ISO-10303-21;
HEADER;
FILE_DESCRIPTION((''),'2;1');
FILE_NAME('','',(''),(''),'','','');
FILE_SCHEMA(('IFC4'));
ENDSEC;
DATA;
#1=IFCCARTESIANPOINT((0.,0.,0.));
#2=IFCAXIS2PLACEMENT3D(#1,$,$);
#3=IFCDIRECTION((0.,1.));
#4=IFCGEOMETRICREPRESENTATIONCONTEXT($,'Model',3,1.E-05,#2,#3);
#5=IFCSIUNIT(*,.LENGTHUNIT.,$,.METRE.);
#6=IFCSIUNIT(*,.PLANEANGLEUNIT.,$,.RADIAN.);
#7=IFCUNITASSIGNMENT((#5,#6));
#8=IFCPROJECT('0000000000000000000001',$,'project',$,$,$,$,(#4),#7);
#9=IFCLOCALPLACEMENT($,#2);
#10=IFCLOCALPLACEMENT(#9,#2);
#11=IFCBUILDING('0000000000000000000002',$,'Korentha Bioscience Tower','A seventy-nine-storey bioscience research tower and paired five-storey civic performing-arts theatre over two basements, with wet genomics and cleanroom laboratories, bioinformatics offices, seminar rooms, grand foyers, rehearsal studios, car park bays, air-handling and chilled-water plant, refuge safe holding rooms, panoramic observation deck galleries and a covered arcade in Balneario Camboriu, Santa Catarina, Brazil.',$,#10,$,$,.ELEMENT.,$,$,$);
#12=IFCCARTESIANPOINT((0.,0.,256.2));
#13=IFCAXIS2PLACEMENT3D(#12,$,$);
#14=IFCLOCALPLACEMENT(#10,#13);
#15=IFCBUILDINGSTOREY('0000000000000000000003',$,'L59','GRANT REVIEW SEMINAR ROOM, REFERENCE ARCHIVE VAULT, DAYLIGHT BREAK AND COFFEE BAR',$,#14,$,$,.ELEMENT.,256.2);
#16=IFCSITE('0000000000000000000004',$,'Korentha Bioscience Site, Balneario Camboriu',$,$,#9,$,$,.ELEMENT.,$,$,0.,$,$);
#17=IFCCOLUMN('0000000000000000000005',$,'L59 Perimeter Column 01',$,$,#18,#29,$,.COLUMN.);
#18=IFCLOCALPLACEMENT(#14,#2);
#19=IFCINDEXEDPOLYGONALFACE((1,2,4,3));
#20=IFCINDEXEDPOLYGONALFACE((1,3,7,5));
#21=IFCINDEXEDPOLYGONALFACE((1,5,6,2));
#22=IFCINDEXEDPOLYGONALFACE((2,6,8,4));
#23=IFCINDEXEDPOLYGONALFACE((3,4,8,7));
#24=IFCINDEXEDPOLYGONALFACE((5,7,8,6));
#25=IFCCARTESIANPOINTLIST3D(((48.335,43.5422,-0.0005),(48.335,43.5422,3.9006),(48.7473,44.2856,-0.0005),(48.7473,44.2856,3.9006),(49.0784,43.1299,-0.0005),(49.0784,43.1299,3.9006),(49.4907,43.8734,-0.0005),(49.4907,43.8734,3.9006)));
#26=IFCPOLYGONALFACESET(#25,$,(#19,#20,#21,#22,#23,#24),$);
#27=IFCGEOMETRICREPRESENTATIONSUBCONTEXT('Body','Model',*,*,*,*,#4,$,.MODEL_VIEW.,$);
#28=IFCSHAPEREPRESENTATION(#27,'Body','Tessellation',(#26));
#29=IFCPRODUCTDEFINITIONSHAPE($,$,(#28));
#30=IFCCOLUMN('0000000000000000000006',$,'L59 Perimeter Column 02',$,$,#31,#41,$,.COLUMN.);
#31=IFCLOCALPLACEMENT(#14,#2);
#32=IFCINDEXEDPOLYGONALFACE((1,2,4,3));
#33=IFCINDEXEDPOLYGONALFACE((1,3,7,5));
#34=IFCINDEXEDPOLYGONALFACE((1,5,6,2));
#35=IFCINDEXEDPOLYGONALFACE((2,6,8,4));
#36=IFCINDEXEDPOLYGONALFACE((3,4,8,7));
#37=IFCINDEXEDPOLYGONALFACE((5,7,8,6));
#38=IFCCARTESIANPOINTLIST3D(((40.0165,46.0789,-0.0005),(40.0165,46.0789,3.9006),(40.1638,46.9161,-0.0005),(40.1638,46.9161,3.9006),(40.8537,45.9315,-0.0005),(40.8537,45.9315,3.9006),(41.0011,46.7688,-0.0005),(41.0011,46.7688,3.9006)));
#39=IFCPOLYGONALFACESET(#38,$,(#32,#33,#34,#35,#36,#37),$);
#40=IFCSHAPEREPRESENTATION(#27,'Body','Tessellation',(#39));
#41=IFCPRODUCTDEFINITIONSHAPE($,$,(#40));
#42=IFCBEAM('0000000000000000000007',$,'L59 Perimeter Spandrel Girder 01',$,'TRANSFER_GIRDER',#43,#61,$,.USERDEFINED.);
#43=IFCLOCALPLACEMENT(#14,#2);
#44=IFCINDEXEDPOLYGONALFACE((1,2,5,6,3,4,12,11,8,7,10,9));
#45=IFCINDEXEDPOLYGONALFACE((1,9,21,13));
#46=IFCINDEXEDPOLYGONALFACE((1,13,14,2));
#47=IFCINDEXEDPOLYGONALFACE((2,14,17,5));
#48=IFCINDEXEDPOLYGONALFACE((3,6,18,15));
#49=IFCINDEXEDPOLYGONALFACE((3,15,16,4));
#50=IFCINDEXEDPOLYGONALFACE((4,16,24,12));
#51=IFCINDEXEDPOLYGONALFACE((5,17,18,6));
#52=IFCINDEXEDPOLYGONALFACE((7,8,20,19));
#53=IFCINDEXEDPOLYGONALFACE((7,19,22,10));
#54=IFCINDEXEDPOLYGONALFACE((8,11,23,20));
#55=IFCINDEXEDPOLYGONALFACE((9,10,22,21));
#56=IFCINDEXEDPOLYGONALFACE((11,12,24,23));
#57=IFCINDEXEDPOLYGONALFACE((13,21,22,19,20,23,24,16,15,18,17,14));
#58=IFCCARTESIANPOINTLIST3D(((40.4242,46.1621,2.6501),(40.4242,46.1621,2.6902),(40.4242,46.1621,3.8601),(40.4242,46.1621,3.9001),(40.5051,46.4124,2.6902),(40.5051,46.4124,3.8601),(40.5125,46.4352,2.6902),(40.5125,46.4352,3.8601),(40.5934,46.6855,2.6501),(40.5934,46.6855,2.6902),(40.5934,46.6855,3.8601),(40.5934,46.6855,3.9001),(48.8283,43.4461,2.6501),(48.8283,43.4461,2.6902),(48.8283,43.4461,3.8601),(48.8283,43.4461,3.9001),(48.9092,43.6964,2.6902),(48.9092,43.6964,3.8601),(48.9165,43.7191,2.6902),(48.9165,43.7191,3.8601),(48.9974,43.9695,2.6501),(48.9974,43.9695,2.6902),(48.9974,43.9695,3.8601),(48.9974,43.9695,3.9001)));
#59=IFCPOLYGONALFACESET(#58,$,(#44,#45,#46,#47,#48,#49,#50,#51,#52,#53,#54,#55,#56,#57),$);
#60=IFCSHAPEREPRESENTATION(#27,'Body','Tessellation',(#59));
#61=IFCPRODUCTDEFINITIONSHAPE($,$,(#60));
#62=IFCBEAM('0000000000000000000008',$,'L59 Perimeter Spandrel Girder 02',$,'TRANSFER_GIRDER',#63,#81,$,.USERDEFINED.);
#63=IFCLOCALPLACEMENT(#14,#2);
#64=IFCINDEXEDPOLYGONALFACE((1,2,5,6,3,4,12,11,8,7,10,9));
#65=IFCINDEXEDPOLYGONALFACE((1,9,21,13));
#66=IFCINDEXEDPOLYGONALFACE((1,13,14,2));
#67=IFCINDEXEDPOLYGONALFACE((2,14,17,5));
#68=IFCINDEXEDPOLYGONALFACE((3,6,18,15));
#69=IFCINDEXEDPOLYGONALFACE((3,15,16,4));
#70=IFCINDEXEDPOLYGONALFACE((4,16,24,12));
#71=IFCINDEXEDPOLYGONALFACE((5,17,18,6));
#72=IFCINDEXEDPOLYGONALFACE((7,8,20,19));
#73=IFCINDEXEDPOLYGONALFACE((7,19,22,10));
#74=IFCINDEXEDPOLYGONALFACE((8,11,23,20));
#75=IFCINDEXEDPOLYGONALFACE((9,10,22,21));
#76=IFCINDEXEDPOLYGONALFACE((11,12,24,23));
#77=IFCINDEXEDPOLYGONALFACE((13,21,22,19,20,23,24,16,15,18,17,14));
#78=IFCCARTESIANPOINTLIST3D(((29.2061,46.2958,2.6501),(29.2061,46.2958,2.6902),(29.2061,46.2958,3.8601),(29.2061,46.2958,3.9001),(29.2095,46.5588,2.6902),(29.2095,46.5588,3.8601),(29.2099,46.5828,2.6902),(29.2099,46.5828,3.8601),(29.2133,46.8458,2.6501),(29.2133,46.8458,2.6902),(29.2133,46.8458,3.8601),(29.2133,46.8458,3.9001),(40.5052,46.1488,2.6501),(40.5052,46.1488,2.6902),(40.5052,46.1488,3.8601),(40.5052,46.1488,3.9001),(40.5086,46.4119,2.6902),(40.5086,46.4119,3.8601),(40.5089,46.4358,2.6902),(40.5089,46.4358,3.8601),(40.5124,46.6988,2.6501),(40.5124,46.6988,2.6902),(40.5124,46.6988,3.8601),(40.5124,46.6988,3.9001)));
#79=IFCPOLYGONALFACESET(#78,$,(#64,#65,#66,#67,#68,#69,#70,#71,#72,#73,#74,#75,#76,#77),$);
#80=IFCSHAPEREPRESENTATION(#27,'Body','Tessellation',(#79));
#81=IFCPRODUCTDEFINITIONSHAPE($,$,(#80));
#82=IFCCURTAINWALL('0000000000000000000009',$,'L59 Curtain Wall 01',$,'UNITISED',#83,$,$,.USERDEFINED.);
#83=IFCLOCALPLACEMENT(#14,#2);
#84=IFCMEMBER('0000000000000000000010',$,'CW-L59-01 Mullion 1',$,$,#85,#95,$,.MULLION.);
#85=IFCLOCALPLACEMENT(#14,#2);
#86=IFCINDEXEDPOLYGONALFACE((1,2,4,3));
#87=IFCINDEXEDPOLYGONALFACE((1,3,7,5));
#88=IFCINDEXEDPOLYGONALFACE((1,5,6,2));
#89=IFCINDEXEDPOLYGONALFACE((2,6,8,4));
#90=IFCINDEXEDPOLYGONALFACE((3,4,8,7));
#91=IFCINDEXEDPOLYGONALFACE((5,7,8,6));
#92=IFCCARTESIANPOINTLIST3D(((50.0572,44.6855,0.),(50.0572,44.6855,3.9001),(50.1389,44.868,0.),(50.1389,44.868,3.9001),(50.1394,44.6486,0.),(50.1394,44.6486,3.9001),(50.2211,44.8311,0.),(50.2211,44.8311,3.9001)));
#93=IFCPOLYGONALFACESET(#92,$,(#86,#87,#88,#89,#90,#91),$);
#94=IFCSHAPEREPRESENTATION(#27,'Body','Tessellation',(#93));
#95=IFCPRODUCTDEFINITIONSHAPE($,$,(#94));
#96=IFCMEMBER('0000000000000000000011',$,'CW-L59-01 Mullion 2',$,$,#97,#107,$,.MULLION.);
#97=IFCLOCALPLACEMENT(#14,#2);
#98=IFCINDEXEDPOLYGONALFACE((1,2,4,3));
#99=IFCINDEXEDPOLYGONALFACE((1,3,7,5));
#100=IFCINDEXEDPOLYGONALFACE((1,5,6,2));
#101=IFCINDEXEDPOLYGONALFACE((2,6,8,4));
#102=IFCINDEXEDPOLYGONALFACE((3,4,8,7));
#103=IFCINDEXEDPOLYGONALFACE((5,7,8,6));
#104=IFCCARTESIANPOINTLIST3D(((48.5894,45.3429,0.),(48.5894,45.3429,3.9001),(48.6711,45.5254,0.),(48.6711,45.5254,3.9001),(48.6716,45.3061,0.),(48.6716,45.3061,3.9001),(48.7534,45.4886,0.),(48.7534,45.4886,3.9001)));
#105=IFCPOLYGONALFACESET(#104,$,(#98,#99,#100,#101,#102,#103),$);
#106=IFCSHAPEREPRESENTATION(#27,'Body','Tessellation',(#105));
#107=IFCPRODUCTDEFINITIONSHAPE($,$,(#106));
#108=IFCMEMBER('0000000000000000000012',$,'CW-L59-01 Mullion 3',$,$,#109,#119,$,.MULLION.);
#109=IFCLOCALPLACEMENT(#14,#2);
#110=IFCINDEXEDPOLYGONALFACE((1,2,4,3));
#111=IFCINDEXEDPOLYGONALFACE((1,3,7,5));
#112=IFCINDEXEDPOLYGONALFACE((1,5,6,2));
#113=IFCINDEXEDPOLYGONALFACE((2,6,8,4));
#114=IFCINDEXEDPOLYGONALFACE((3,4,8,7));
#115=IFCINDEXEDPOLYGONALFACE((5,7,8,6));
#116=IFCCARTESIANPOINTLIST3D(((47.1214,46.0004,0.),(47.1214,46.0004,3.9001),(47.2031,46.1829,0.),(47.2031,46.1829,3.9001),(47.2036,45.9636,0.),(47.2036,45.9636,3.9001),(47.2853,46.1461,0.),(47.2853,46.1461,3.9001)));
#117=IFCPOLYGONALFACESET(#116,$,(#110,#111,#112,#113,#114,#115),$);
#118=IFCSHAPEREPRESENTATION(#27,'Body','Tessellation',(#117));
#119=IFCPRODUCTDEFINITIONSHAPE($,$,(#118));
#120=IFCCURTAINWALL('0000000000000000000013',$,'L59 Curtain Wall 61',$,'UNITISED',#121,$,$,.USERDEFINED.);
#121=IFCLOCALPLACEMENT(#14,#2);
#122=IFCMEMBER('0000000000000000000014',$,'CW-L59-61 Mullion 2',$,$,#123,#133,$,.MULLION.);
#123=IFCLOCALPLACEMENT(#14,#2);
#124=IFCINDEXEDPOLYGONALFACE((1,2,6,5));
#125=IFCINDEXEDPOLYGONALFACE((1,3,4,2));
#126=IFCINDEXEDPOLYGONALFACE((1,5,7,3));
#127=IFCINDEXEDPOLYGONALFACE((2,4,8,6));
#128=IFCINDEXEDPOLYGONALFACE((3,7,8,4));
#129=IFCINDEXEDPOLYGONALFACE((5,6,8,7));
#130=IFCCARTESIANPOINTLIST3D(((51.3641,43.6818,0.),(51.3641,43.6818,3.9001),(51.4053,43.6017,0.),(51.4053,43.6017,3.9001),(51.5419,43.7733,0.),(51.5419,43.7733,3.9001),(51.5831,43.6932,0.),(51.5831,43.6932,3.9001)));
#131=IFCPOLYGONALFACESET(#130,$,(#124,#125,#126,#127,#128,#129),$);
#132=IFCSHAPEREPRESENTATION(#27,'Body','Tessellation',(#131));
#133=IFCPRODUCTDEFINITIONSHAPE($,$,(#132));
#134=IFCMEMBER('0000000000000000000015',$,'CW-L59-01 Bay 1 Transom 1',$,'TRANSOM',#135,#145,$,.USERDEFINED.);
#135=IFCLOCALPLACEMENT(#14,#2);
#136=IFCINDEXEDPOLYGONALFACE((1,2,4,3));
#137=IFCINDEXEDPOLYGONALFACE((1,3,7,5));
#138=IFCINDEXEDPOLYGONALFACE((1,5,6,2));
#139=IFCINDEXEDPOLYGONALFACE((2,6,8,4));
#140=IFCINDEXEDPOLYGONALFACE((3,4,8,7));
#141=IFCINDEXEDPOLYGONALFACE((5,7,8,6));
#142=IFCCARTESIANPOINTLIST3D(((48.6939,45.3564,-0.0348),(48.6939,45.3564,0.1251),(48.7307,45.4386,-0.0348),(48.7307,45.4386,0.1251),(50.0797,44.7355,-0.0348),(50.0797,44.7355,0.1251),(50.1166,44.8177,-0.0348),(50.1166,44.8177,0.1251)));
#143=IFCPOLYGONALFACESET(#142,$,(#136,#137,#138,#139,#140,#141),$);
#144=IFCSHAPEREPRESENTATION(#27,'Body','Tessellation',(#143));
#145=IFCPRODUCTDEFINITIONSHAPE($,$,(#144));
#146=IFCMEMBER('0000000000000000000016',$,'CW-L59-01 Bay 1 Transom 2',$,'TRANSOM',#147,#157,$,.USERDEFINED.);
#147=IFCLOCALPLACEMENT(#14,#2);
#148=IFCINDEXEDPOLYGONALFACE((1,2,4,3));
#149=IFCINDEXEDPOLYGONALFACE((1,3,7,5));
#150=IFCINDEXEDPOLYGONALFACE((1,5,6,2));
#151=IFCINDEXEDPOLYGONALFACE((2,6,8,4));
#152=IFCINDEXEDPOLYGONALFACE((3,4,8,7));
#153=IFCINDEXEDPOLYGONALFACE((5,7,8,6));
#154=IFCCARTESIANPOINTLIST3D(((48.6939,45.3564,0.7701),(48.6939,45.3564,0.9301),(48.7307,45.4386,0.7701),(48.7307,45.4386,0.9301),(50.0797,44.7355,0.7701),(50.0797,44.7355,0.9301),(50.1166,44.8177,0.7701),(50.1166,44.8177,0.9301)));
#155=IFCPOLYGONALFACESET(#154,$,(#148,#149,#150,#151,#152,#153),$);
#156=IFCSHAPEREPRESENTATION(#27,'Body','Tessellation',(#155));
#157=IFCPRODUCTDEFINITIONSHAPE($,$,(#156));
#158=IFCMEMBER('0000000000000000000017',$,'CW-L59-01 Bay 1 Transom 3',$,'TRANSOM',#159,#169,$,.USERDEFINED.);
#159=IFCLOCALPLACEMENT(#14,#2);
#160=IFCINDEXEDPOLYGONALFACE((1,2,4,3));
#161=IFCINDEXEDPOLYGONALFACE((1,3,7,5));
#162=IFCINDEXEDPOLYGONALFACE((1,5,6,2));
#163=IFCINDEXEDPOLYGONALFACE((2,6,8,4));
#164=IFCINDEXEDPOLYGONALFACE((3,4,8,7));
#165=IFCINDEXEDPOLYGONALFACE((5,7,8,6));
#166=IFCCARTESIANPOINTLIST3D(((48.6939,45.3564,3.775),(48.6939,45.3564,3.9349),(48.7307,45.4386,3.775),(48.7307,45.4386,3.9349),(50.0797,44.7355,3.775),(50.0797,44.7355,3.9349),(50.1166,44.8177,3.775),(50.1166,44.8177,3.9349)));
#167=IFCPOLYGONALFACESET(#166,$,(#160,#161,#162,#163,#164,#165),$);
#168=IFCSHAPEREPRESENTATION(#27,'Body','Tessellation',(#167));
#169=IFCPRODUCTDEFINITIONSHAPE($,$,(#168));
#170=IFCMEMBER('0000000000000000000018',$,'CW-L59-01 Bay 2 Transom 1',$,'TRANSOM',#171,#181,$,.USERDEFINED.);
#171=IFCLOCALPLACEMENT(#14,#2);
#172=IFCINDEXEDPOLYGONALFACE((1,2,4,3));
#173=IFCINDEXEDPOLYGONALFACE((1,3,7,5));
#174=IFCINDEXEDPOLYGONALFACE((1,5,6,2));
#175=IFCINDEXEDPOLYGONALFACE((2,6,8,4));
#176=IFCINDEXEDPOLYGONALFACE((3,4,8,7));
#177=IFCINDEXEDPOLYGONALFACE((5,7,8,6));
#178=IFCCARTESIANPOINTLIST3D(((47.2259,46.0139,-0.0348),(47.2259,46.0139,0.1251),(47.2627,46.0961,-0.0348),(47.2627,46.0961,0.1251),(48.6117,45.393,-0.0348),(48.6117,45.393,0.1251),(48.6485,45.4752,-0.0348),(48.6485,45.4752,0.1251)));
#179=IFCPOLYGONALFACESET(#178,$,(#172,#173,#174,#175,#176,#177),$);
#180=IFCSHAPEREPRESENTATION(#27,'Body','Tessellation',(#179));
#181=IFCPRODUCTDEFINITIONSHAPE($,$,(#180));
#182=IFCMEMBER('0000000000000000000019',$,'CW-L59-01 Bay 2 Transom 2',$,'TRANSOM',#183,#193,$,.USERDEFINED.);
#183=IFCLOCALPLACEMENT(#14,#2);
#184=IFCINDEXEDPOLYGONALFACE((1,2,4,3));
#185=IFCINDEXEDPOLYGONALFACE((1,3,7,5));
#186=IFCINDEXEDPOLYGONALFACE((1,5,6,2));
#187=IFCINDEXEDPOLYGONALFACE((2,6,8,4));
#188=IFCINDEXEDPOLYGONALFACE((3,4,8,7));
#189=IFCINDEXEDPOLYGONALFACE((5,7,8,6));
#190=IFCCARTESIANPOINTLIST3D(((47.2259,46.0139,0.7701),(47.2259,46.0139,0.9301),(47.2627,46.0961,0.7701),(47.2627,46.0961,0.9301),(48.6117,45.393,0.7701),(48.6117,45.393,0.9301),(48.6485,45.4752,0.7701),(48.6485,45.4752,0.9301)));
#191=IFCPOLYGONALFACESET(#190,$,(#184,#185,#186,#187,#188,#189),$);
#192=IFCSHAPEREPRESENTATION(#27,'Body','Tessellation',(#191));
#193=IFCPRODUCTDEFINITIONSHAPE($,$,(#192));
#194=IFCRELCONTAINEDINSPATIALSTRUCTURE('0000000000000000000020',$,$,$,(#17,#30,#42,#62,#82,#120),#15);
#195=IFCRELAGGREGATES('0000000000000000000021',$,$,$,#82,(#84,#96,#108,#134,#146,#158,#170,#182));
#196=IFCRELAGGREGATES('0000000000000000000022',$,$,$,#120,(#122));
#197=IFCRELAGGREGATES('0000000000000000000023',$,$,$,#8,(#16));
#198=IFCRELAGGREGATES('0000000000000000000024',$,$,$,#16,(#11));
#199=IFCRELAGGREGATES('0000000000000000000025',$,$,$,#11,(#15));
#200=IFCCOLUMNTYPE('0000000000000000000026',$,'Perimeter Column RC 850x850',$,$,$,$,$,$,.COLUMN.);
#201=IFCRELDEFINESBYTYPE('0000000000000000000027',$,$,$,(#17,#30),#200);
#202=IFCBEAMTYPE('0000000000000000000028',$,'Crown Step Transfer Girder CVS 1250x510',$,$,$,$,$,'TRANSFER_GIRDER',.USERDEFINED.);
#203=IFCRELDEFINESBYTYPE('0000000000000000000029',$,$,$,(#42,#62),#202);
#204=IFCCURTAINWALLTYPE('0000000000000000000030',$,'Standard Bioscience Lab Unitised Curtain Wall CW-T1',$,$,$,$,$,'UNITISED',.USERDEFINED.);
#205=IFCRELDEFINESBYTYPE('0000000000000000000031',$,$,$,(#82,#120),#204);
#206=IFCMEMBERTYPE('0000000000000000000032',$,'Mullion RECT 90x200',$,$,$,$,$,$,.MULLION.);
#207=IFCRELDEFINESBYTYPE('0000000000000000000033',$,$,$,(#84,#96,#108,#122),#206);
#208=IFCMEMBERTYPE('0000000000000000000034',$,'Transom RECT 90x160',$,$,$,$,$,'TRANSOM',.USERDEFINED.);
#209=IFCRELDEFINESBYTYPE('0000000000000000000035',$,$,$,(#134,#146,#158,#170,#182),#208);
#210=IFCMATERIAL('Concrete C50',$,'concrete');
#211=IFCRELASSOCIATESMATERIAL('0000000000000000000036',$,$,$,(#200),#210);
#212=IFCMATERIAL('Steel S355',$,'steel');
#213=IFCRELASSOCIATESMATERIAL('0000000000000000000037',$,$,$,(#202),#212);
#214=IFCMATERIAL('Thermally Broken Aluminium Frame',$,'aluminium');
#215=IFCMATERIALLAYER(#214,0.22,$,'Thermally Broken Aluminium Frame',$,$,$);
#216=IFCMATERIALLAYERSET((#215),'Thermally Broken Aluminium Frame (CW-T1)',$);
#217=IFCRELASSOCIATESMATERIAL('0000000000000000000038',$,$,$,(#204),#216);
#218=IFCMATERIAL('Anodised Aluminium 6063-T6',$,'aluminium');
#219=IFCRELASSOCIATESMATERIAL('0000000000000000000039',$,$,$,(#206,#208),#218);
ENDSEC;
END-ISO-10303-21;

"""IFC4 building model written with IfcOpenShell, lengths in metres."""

from ifc_helpers import new_model, si_unit, direction, frame, origin, origin_2d, place, context, subcontext, project, spatial, rectangle, i_section, extrude, material, layer, layer_set, material_profile, profile_set, type_object, element, aggregate, save


model = new_model("IFC4")

# Units and contexts
model_context = context("Model", 3, precision=1e-05, world=origin(), true_north=direction((0.0, 1.0)))
body_context = subcontext(model_context, "Body", "Model", "MODEL_VIEW")
ifc_project = project(units=[si_unit("LENGTHUNIT", "METRE"), si_unit("PLANEANGLEUNIT", "RADIAN")], contexts=[model_context])

# Site, building, storey
site_placement = place(None, origin())
site = spatial("IfcSite", under=ifc_project, at=site_placement, Name="Korentha Bioscience Site, Balneario Camboriu", CompositionType="ELEMENT", RefElevation=0.0)
building_placement = place(site_placement, origin())
building = spatial("IfcBuilding", under=site, at=building_placement, Name="Korentha Bioscience Tower", Description="A seventy-nine-storey bioscience research tower and paired five-storey civic performing-arts theatre over two basements, with wet genomics and cleanroom laboratories, bioinformatics offices, seminar rooms, grand foyers, rehearsal studios, car park bays, air-handling and chilled-water plant, refuge safe holding rooms, panoramic observation deck galleries and a covered arcade in Balneario Camboriu, Santa Catarina, Brazil.", CompositionType="ELEMENT")
storey_placement = place(building_placement, frame((0.0, 0.0, 256.2)))
storey = spatial("IfcBuildingStorey", under=building, at=storey_placement, Name="L59", Description="GRANT REVIEW SEMINAR ROOM, REFERENCE ARCHIVE VAULT, DAYLIGHT BREAK AND COFFEE BAR", CompositionType="ELEMENT", Elevation=256.2)

# Columns
ifc_material_1 = material(Name="Concrete C50", Category="concrete")
ifc_material_profile_1 = material_profile(ifc_material_1, rectangle(XDim=0.8501, YDim=0.8501, at=origin_2d()), Name="Concrete C50")
ifc_profile_set_1 = profile_set([ifc_material_profile_1], Name="Concrete C50 (COL-P08)")
column_type = type_object("IfcColumnType", Name="Perimeter Column RC 850x850", PredefinedType="COLUMN", material=ifc_profile_set_1)
for number, where, z_axis, x_axis, name in (
    (1, (48.9128, 43.7078, -0.0005), (0.0, 0.0, 1.0), (-0.874535, 0.484962, 0.0), "L59 Perimeter Column 01"),
    (2, (40.5088, 46.4238, -0.0005), (0.0, 0.0, 1.0), (-0.984868, 0.173304, 0.0), "L59 Perimeter Column 02"),
):
    element("IfcColumn", number, at=place(storey_placement, frame(where, z_axis=z_axis, x_axis=x_axis)), inside=storey, type_object=column_type, Name=name, PredefinedType="COLUMN", context=body_context, shape_type="SweptSolid", body=[
        extrude(rectangle(XDim=0.8501, YDim=0.8501, at=origin_2d()), origin(), (0.0, 0.0, 1.0), 3.9011),
    ])

# Beams
ifc_material_2 = material(Name="Steel S355", Category="steel")
ifc_material_profile_2 = material_profile(ifc_material_2, i_section(OverallWidth=0.55, OverallDepth=1.25, WebThickness=0.0239, FlangeThickness=0.04, at=origin_2d()), Name="Steel S355")
ifc_profile_set_2 = profile_set([ifc_material_profile_2], Name="Steel S355 (TG-03)")
beam_type = type_object("IfcBeamType", Name="Crown Step Transfer Girder CVS 1250x510", ElementType="TRANSFER_GIRDER", PredefinedType="USERDEFINED", material=ifc_profile_set_2)
beam_1_placement = place(storey_placement, frame((48.9128, 43.7078, 3.2751), z_axis=(-0.95154, 0.307524, 0.0), x_axis=(-0.307524, -0.95154, 0.0)))
element("IfcBeam", 3, at=beam_1_placement, inside=storey, type_object=beam_type, Name="L59 Perimeter Spandrel Girder 01", ObjectType="TRANSFER_GIRDER", PredefinedType="USERDEFINED", context=body_context, shape_type="SweptSolid", body=[
    extrude(i_section(OverallWidth=0.55, OverallDepth=1.25, WebThickness=0.0239, FlangeThickness=0.04, at=origin_2d()), origin(), (0.0, 0.0, 1.0), 8.832),
])
beam_2_placement = place(storey_placement, frame((40.5088, 46.4238, 3.2751), z_axis=(-0.999915, 0.013006, 0.0), x_axis=(-0.013006, -0.999915, 0.0)))
element("IfcBeam", 4, at=beam_2_placement, inside=storey, type_object=beam_type, Name="L59 Perimeter Spandrel Girder 02", ObjectType="TRANSFER_GIRDER", PredefinedType="USERDEFINED", context=body_context, shape_type="SweptSolid", body=[
    extrude(i_section(OverallWidth=0.55, OverallDepth=1.25, WebThickness=0.0239, FlangeThickness=0.04, at=origin_2d()), origin(), (0.0, 0.0, 1.0), 11.3),
])

# Curtain wall, members
ifc_material_3 = material(Name="Thermally Broken Aluminium Frame", Category="aluminium")
ifc_layer_1 = layer(ifc_material_3, 0.22, Name="Thermally Broken Aluminium Frame")
ifc_layer_set_1 = layer_set([ifc_layer_1], Name="Thermally Broken Aluminium Frame (CW-T1)")
curtain_wall_type = type_object("IfcCurtainWallType", Name="Standard Bioscience Lab Unitised Curtain Wall CW-T1", ElementType="UNITISED", PredefinedType="USERDEFINED", material=ifc_layer_set_1)
curtain_wall_1_placement = place(storey_placement, origin())
curtain_wall_1 = element("IfcCurtainWall", 5, at=curtain_wall_1_placement, inside=storey, type_object=curtain_wall_type, Name="L59 Curtain Wall 01", ObjectType="UNITISED", PredefinedType="USERDEFINED")
ifc_material_4 = material(Name="Anodised Aluminium 6063-T6", Category="aluminium")
ifc_material_profile_3 = material_profile(ifc_material_4, rectangle(XDim=0.0901, YDim=0.2, at=origin_2d()), Name="Anodised Aluminium 6063-T6")
ifc_profile_set_3 = profile_set([ifc_material_profile_3], Name="Anodised Aluminium 6063-T6 (CW-MUL)")
member_type_1 = type_object("IfcMemberType", Name="Mullion RECT 90x200", PredefinedType="MULLION", material=ifc_profile_set_3)
member_1_placement = place(storey_placement, frame((50.1392, 44.7583, 0.0), z_axis=(0.0, 0.0, 1.0), x_axis=(-0.912622, 0.408805, 0.0)))
member_1 = element("IfcMember", 6, at=member_1_placement, type_object=member_type_1, Name="CW-L59-01 Mullion 1", PredefinedType="MULLION", context=body_context, shape_type="SweptSolid", body=[
    extrude(rectangle(XDim=0.0901, YDim=0.2, at=origin_2d()), origin(), (0.0, 0.0, 1.0), 3.9001),
])
member_2_placement = place(storey_placement, frame((48.6714, 45.4158, 0.0), z_axis=(0.0, 0.0, 1.0), x_axis=(-0.912622, 0.408805, 0.0)))
member_2 = element("IfcMember", 7, at=member_2_placement, type_object=member_type_1, Name="CW-L59-01 Mullion 2", PredefinedType="MULLION", context=body_context, shape_type="SweptSolid", body=[
    extrude(rectangle(XDim=0.0901, YDim=0.2, at=origin_2d()), origin(), (0.0, 0.0, 1.0), 3.9001),
])
member_3_placement = place(storey_placement, frame((47.2034, 46.0732, 0.0), z_axis=(0.0, 0.0, 1.0), x_axis=(-0.912622, 0.408805, 0.0)))
member_3 = element("IfcMember", 8, at=member_3_placement, type_object=member_type_1, Name="CW-L59-01 Mullion 3", PredefinedType="MULLION", context=body_context, shape_type="SweptSolid", body=[
    extrude(rectangle(XDim=0.0901, YDim=0.2, at=origin_2d()), origin(), (0.0, 0.0, 1.0), 3.9001),
])

# Curtain wall, member
curtain_wall_2_placement = place(storey_placement, origin())
curtain_wall_2 = element("IfcCurtainWall", 9, at=curtain_wall_2_placement, inside=storey, type_object=curtain_wall_type, Name="L59 Curtain Wall 61", ObjectType="UNITISED", PredefinedType="USERDEFINED")
member_4_placement = place(storey_placement, frame((51.4736, 43.6875, 0.0), z_axis=(0.0, 0.0, 1.0), x_axis=(-0.45757, 0.889174, 0.0)))
member_4 = element("IfcMember", 10, at=member_4_placement, type_object=member_type_1, Name="CW-L59-61 Mullion 2", PredefinedType="MULLION", context=body_context, shape_type="SweptSolid", body=[
    extrude(rectangle(XDim=0.0901, YDim=0.2, at=origin_2d()), origin(), (0.0, 0.0, 1.0), 3.9001),
])

# Members
ifc_material_profile_4 = material_profile(ifc_material_4, rectangle(XDim=0.0901, YDim=0.1599, at=origin_2d()), Name="Anodised Aluminium 6063-T6")
ifc_profile_set_4 = profile_set([ifc_material_profile_4], Name="Anodised Aluminium 6063-T6 (CW-TRN)")
member_type_2 = type_object("IfcMemberType", Name="Transom RECT 90x160", ElementType="TRANSOM", PredefinedType="USERDEFINED", material=ifc_profile_set_4)
member_5_placement = place(storey_placement, frame((50.0981, 44.7766, 0.0452), z_axis=(-0.912594, 0.408867, 0.0), x_axis=(-0.408867, -0.912594, 0.0)))
member_5 = element("IfcMember", 11, at=member_5_placement, type_object=member_type_2, Name="CW-L59-01 Bay 1 Transom 1", ObjectType="TRANSOM", PredefinedType="USERDEFINED", context=body_context, shape_type="SweptSolid", body=[
    extrude(rectangle(XDim=0.0901, YDim=0.1599, at=origin_2d()), origin(), (0.0, 0.0, 1.0), 1.5186),
])
member_6_placement = place(storey_placement, frame((50.0981, 44.7766, 0.8501), z_axis=(-0.912594, 0.408867, 0.0), x_axis=(-0.408867, -0.912594, 0.0)))
member_6 = element("IfcMember", 12, at=member_6_placement, type_object=member_type_2, Name="CW-L59-01 Bay 1 Transom 2", ObjectType="TRANSOM", PredefinedType="USERDEFINED", context=body_context, shape_type="SweptSolid", body=[
    extrude(rectangle(XDim=0.0901, YDim=0.1599, at=origin_2d()), origin(), (0.0, 0.0, 1.0), 1.5186),
])
member_7_placement = place(storey_placement, frame((50.0981, 44.7766, 3.855), z_axis=(-0.912594, 0.408867, 0.0), x_axis=(-0.408867, -0.912594, 0.0)))
member_7 = element("IfcMember", 13, at=member_7_placement, type_object=member_type_2, Name="CW-L59-01 Bay 1 Transom 3", ObjectType="TRANSOM", PredefinedType="USERDEFINED", context=body_context, shape_type="SweptSolid", body=[
    extrude(rectangle(XDim=0.0901, YDim=0.1599, at=origin_2d()), origin(), (0.0, 0.0, 1.0), 1.5186),
])
member_8_placement = place(storey_placement, frame((48.6301, 45.4341, 0.0452), z_axis=(-0.912594, 0.408867, 0.0), x_axis=(-0.408867, -0.912594, 0.0)))
member_8 = element("IfcMember", 14, at=member_8_placement, type_object=member_type_2, Name="CW-L59-01 Bay 2 Transom 1", ObjectType="TRANSOM", PredefinedType="USERDEFINED", context=body_context, shape_type="SweptSolid", body=[
    extrude(rectangle(XDim=0.0901, YDim=0.1599, at=origin_2d()), origin(), (0.0, 0.0, 1.0), 1.5186),
])
member_9_placement = place(storey_placement, frame((48.6301, 45.4341, 0.8501), z_axis=(-0.912594, 0.408867, 0.0), x_axis=(-0.408867, -0.912594, 0.0)))
member_9 = element("IfcMember", 15, at=member_9_placement, type_object=member_type_2, Name="CW-L59-01 Bay 2 Transom 2", ObjectType="TRANSOM", PredefinedType="USERDEFINED", context=body_context, shape_type="SweptSolid", body=[
    extrude(rectangle(XDim=0.0901, YDim=0.1599, at=origin_2d()), origin(), (0.0, 0.0, 1.0), 1.5186),
])

aggregate(curtain_wall_1, [member_1, member_2, member_3, member_5, member_6, member_7, member_8, member_9])
aggregate(curtain_wall_2, [member_4])

save(model, "model.ifc")
